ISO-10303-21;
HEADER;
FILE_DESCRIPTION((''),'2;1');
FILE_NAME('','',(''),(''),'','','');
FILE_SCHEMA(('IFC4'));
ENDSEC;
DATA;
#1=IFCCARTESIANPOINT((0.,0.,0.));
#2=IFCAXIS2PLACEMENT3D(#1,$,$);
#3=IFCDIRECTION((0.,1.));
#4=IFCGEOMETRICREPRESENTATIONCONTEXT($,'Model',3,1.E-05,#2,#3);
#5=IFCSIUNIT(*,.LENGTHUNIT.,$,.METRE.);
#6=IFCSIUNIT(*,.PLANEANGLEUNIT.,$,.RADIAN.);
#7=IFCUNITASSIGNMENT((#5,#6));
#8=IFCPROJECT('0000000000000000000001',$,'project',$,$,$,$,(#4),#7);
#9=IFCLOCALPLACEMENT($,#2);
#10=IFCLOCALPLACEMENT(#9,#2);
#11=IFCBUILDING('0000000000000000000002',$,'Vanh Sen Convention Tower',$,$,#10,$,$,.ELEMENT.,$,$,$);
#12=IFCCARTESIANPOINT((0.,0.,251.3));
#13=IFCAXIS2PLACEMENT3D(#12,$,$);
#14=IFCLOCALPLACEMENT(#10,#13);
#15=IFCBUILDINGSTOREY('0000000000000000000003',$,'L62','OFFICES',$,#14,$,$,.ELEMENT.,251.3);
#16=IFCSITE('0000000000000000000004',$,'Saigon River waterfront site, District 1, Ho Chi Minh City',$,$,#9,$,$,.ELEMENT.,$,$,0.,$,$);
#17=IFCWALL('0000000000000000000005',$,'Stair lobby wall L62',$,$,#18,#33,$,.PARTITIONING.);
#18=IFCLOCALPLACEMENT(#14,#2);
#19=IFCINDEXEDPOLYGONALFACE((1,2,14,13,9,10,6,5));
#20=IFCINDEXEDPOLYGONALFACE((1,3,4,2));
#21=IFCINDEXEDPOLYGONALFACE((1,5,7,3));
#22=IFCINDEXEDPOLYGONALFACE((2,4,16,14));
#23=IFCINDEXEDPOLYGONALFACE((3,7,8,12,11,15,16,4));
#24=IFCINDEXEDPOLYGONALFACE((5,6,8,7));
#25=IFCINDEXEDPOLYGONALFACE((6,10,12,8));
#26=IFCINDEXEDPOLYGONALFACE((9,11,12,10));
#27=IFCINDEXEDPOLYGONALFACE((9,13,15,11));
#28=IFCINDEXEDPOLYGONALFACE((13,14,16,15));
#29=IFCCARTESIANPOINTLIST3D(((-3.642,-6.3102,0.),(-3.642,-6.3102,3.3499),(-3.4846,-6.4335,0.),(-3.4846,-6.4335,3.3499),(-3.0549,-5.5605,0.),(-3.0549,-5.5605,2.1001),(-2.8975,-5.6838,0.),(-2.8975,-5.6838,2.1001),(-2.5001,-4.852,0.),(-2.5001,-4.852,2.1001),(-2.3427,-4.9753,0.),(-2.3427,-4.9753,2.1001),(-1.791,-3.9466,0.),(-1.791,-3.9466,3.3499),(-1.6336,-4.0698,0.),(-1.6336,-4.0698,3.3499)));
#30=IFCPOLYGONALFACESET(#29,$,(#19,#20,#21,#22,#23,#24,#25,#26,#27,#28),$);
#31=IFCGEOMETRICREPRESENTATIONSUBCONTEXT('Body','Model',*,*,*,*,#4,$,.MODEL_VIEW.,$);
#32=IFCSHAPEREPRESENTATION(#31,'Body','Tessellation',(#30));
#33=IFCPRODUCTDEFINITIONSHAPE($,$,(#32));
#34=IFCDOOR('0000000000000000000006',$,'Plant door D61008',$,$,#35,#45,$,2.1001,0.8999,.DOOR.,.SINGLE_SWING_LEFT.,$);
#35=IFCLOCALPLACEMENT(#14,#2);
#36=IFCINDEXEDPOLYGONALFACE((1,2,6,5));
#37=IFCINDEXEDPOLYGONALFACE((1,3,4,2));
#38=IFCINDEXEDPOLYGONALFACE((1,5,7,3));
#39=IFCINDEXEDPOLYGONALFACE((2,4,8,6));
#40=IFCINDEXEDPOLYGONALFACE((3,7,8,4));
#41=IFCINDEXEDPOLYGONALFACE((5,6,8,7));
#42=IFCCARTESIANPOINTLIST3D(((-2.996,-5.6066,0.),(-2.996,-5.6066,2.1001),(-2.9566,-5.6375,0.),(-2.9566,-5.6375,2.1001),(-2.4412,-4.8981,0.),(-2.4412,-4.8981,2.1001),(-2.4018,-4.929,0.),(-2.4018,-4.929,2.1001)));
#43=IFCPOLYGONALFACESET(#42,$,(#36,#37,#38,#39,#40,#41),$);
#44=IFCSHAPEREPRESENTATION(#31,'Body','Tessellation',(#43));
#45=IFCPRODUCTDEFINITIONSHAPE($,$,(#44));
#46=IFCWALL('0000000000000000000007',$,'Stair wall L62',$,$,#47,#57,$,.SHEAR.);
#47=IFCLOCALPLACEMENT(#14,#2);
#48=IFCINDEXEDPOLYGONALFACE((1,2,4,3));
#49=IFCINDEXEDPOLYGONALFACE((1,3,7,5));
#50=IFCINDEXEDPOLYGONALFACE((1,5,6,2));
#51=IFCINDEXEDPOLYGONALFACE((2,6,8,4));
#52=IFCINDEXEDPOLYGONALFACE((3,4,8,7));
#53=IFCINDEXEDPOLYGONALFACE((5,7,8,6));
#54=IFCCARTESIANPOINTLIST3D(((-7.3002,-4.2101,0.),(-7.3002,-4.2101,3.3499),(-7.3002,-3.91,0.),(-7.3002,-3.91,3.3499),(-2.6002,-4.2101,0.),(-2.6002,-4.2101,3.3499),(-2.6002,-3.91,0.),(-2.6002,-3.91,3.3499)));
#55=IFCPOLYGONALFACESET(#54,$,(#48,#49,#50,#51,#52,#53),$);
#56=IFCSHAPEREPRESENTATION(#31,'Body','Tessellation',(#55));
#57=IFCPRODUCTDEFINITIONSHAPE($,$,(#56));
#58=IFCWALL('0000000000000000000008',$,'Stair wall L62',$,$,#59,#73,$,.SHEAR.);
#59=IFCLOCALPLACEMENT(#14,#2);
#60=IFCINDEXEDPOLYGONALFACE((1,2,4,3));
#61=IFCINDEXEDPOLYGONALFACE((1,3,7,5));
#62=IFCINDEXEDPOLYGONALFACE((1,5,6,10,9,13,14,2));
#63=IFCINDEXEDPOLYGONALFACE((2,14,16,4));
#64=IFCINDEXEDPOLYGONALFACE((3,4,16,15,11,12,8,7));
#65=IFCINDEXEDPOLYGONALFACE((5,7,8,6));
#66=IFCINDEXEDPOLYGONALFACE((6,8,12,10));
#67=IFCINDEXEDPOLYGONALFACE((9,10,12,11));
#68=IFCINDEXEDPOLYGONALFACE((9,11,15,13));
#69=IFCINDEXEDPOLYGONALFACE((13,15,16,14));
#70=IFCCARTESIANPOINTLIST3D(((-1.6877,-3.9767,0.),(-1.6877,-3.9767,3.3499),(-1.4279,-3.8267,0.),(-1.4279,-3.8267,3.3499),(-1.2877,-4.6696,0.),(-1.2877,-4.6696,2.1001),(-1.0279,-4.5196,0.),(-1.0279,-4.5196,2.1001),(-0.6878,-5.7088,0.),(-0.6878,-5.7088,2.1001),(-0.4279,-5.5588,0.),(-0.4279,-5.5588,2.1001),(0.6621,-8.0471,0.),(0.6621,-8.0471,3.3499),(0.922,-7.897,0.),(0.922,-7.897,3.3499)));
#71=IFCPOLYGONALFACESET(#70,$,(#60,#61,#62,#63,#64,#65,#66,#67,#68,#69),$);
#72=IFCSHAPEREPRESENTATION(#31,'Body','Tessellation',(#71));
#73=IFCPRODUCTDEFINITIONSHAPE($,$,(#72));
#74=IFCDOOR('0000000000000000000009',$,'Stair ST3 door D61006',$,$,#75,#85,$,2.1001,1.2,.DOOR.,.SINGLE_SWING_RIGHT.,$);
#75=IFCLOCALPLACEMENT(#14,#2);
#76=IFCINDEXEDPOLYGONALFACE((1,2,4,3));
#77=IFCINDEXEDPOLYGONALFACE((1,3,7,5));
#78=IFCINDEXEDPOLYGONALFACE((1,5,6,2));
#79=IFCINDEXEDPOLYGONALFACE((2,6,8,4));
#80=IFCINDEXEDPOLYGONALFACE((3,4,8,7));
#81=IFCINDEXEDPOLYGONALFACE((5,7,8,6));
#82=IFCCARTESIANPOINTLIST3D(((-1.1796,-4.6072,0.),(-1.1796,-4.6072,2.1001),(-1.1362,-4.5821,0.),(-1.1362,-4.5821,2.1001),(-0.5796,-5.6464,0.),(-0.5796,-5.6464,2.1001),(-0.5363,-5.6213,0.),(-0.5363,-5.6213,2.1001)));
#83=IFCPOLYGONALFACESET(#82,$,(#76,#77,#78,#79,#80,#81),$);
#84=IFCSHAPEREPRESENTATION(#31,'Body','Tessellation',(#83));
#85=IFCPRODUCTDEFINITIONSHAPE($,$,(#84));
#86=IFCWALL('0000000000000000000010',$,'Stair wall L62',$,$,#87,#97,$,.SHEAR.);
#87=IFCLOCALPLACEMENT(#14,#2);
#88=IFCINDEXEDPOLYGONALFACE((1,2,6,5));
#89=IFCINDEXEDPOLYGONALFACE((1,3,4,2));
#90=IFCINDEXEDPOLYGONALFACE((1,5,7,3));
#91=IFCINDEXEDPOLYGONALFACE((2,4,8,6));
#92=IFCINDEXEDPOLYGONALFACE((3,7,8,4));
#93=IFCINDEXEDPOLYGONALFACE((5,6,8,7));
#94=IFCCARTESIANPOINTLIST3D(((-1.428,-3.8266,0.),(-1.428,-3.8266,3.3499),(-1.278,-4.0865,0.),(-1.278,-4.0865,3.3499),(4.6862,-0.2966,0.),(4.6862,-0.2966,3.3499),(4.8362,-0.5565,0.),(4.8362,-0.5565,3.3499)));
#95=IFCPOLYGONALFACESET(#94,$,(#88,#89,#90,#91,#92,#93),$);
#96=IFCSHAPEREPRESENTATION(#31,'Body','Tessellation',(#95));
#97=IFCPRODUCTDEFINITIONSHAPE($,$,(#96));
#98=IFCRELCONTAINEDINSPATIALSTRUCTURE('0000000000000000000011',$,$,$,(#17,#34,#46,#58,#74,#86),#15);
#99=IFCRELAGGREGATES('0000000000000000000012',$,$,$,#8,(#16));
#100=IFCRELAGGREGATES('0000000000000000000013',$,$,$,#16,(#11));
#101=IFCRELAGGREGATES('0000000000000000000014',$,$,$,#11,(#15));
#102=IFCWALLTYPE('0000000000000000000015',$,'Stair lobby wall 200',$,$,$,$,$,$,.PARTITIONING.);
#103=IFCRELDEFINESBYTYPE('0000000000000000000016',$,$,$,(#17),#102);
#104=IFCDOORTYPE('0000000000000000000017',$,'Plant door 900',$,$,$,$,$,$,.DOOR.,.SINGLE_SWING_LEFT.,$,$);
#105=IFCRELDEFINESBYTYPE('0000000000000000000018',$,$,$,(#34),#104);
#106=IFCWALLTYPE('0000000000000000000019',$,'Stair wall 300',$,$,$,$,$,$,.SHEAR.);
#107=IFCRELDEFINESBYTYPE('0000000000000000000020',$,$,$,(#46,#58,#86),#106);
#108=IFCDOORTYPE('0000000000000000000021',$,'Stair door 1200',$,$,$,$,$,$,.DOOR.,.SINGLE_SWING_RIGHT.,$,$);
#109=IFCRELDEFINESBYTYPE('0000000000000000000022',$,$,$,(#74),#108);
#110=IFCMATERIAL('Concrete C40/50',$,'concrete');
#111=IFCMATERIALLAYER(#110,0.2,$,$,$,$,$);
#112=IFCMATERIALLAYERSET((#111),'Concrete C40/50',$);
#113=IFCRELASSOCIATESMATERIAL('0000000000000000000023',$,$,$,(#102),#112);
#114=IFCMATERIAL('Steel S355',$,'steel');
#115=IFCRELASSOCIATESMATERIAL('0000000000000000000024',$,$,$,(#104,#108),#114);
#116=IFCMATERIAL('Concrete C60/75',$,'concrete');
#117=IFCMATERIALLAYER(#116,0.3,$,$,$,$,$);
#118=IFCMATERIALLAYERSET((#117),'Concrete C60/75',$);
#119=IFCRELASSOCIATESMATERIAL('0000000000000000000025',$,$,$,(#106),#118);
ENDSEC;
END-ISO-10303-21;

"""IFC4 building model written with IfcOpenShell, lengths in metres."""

from ifc_helpers import new_model, si_unit, direction, frame, frame_2d, origin, place, context, subcontext, project, spatial, rectangle, extrude, material, layer, layer_set, type_object, element, fill, save


model = new_model("IFC4")

# Units and contexts
model_context = context("Model", 3, precision=1e-05, world=origin(), true_north=direction((0.0, 1.0)))
body_context = subcontext(model_context, "Body", "Model", "MODEL_VIEW")
ifc_project = project(units=[si_unit("LENGTHUNIT", "METRE"), si_unit("PLANEANGLEUNIT", "RADIAN")], contexts=[model_context])

# Site, building, storey
site_placement = place(None, origin())
site = spatial("IfcSite", under=ifc_project, at=site_placement, Name="Saigon River waterfront site, District 1, Ho Chi Minh City", CompositionType="ELEMENT", RefElevation=0.0)
building_placement = place(site_placement, origin())
building = spatial("IfcBuilding", under=site, at=building_placement, Name="Vanh Sen Convention Tower", CompositionType="ELEMENT")
storey_placement = place(building_placement, frame((0.0, 0.0, 251.3)))
storey = spatial("IfcBuildingStorey", under=building, at=storey_placement, Name="L62", Description="OFFICES", CompositionType="ELEMENT", Elevation=251.3)

# Shared definitions
ifc_material_1 = material(Name="Concrete C40/50", Category="concrete")

# Shared definitions
ifc_material_2 = material(Name="Concrete C60/75", Category="concrete")
ifc_material_3 = material(Name="Steel S355", Category="steel")

# Wall, opening, door
ifc_layer_1 = layer(ifc_material_1, 0.2)
ifc_layer_set_1 = layer_set([ifc_layer_1], Name="Concrete C40/50")
wall_type_1 = type_object("IfcWallType", Name="Stair lobby wall 200", PredefinedType="PARTITIONING", material=ifc_layer_set_1)
wall_1_placement = place(storey_placement, frame((-1.7124, -4.0083, 0.0), z_axis=(0.0, 0.0, 1.0), x_axis=(-0.616549, -0.787316, 0.0)))
wall_1 = element("IfcWall", 1, at=wall_1_placement, inside=storey, type_object=wall_type_1, Name="Stair lobby wall L62", PredefinedType="PARTITIONING", context=body_context, shape_type="SweptSolid", body=[
    extrude(rectangle(XDim=3.0022, YDim=0.2, at=frame_2d((1.501, 0.0))), origin(), (0.0, 0.0, 1.0), 3.3499),
])
opening_1_placement = place(wall_1_placement, frame((1.1499, 0.0, 0.0)))
opening_1 = element("IfcOpeningElement", 2, at=opening_1_placement, cuts=wall_1, PredefinedType="OPENING", context=body_context, shape_type="SweptSolid", body=[
    extrude(rectangle(XDim=0.8999, YDim=2.1001, at=frame_2d((0.45, 1.05))), frame((0.0, 0.1099, 0.0), z_axis=(0.0, -1.0, 0.0), x_axis=(1.0, 0.0, 0.0)), (0.0, 0.0, 1.0), 0.22),
])
door_type_1 = type_object("IfcDoorType", Name="Plant door 900", OperationType="SINGLE_SWING_LEFT", PredefinedType="DOOR", material=ifc_material_3)
door_1_placement = place(opening_1_placement, origin())
door_1 = element("IfcDoor", 3, at=door_1_placement, inside=storey, type_object=door_type_1, Name="Plant door D61008", OperationType="SINGLE_SWING_LEFT", OverallHeight=2.1001, OverallWidth=0.8999, PredefinedType="DOOR", context=body_context, shape_type="SweptSolid", body=[
    extrude(rectangle(XDim=0.8999, YDim=2.1001, at=frame_2d((0.45, 1.05))), frame((0.0, 0.0249, 0.0), z_axis=(0.0, -1.0, 0.0), x_axis=(1.0, 0.0, 0.0)), (0.0, 0.0, 1.0), 0.05),
])
fill(opening_1, door_1)

# Wall
ifc_layer_2 = layer(ifc_material_2, 0.3)
ifc_layer_set_2 = layer_set([ifc_layer_2], Name="Concrete C60/75")
wall_type_2 = type_object("IfcWallType", Name="Stair wall 300", PredefinedType="SHEAR", material=ifc_layer_set_2)
wall_2_placement = place(storey_placement, frame((-2.6001, -4.0601, 0.0), z_axis=(0.0, 0.0, 1.0), x_axis=(-1.0, 0.0, 0.0)))
element("IfcWall", 4, at=wall_2_placement, inside=storey, type_object=wall_type_2, Name="Stair wall L62", PredefinedType="SHEAR", context=body_context, shape_type="SweptSolid", body=[
    extrude(rectangle(XDim=4.7, YDim=0.3, at=frame_2d((2.3501, 0.0))), origin(), (0.0, 0.0, 1.0), 3.3499),
])

# Wall, opening, door
wall_3_placement = place(storey_placement, frame((-1.5579, -3.9016, 0.0), z_axis=(0.0, 0.0, 1.0), x_axis=(0.499977, -0.866039, 0.0)))
wall_3 = element("IfcWall", 5, at=wall_3_placement, inside=storey, type_object=wall_type_2, Name="Stair wall L62", PredefinedType="SHEAR", context=body_context, shape_type="SweptSolid", body=[
    extrude(rectangle(XDim=4.7, YDim=0.3, at=frame_2d((2.3501, 0.0))), origin(), (0.0, 0.0, 1.0), 3.3499),
])
opening_2_placement = place(wall_3_placement, frame((0.8, 0.0, 0.0)))
opening_2 = element("IfcOpeningElement", 6, at=opening_2_placement, cuts=wall_3, PredefinedType="OPENING", context=body_context, shape_type="SweptSolid", body=[
    extrude(rectangle(XDim=1.2, YDim=2.1001, at=frame_2d((0.6001, 1.05))), frame((0.0, 0.1599, 0.0), z_axis=(0.0, -1.0, 0.0), x_axis=(1.0, 0.0, 0.0)), (0.0, 0.0, 1.0), 0.3201),
])
door_type_2 = type_object("IfcDoorType", Name="Stair door 1200", OperationType="SINGLE_SWING_RIGHT", PredefinedType="DOOR", material=ifc_material_3)
door_2_placement = place(opening_2_placement, origin())
door_2 = element("IfcDoor", 7, at=door_2_placement, inside=storey, type_object=door_type_2, Name="Stair ST3 door D61006", OperationType="SINGLE_SWING_RIGHT", OverallHeight=2.1001, OverallWidth=1.2, PredefinedType="DOOR", context=body_context, shape_type="SweptSolid", body=[
    extrude(rectangle(XDim=1.2, YDim=2.1001, at=frame_2d((0.6001, 1.05))), frame((0.0, 0.0249, 0.0), z_axis=(0.0, -1.0, 0.0), x_axis=(1.0, 0.0, 0.0)), (0.0, 0.0, 1.0), 0.05),
])
fill(opening_2, door_2)

# Wall
wall_4_placement = place(storey_placement, frame((-1.353, -3.9565, 0.0), z_axis=(0.0, 0.0, 1.0), x_axis=(0.866028, 0.499996, 0.0)))
element("IfcWall", 8, at=wall_4_placement, inside=storey, type_object=wall_type_2, Name="Stair wall L62", PredefinedType="SHEAR", context=body_context, shape_type="SweptSolid", body=[
    extrude(rectangle(XDim=7.0601, YDim=0.3, at=frame_2d((3.53, 0.0))), origin(), (0.0, 0.0, 1.0), 3.3499),
])

save(model, "model.ifc")
